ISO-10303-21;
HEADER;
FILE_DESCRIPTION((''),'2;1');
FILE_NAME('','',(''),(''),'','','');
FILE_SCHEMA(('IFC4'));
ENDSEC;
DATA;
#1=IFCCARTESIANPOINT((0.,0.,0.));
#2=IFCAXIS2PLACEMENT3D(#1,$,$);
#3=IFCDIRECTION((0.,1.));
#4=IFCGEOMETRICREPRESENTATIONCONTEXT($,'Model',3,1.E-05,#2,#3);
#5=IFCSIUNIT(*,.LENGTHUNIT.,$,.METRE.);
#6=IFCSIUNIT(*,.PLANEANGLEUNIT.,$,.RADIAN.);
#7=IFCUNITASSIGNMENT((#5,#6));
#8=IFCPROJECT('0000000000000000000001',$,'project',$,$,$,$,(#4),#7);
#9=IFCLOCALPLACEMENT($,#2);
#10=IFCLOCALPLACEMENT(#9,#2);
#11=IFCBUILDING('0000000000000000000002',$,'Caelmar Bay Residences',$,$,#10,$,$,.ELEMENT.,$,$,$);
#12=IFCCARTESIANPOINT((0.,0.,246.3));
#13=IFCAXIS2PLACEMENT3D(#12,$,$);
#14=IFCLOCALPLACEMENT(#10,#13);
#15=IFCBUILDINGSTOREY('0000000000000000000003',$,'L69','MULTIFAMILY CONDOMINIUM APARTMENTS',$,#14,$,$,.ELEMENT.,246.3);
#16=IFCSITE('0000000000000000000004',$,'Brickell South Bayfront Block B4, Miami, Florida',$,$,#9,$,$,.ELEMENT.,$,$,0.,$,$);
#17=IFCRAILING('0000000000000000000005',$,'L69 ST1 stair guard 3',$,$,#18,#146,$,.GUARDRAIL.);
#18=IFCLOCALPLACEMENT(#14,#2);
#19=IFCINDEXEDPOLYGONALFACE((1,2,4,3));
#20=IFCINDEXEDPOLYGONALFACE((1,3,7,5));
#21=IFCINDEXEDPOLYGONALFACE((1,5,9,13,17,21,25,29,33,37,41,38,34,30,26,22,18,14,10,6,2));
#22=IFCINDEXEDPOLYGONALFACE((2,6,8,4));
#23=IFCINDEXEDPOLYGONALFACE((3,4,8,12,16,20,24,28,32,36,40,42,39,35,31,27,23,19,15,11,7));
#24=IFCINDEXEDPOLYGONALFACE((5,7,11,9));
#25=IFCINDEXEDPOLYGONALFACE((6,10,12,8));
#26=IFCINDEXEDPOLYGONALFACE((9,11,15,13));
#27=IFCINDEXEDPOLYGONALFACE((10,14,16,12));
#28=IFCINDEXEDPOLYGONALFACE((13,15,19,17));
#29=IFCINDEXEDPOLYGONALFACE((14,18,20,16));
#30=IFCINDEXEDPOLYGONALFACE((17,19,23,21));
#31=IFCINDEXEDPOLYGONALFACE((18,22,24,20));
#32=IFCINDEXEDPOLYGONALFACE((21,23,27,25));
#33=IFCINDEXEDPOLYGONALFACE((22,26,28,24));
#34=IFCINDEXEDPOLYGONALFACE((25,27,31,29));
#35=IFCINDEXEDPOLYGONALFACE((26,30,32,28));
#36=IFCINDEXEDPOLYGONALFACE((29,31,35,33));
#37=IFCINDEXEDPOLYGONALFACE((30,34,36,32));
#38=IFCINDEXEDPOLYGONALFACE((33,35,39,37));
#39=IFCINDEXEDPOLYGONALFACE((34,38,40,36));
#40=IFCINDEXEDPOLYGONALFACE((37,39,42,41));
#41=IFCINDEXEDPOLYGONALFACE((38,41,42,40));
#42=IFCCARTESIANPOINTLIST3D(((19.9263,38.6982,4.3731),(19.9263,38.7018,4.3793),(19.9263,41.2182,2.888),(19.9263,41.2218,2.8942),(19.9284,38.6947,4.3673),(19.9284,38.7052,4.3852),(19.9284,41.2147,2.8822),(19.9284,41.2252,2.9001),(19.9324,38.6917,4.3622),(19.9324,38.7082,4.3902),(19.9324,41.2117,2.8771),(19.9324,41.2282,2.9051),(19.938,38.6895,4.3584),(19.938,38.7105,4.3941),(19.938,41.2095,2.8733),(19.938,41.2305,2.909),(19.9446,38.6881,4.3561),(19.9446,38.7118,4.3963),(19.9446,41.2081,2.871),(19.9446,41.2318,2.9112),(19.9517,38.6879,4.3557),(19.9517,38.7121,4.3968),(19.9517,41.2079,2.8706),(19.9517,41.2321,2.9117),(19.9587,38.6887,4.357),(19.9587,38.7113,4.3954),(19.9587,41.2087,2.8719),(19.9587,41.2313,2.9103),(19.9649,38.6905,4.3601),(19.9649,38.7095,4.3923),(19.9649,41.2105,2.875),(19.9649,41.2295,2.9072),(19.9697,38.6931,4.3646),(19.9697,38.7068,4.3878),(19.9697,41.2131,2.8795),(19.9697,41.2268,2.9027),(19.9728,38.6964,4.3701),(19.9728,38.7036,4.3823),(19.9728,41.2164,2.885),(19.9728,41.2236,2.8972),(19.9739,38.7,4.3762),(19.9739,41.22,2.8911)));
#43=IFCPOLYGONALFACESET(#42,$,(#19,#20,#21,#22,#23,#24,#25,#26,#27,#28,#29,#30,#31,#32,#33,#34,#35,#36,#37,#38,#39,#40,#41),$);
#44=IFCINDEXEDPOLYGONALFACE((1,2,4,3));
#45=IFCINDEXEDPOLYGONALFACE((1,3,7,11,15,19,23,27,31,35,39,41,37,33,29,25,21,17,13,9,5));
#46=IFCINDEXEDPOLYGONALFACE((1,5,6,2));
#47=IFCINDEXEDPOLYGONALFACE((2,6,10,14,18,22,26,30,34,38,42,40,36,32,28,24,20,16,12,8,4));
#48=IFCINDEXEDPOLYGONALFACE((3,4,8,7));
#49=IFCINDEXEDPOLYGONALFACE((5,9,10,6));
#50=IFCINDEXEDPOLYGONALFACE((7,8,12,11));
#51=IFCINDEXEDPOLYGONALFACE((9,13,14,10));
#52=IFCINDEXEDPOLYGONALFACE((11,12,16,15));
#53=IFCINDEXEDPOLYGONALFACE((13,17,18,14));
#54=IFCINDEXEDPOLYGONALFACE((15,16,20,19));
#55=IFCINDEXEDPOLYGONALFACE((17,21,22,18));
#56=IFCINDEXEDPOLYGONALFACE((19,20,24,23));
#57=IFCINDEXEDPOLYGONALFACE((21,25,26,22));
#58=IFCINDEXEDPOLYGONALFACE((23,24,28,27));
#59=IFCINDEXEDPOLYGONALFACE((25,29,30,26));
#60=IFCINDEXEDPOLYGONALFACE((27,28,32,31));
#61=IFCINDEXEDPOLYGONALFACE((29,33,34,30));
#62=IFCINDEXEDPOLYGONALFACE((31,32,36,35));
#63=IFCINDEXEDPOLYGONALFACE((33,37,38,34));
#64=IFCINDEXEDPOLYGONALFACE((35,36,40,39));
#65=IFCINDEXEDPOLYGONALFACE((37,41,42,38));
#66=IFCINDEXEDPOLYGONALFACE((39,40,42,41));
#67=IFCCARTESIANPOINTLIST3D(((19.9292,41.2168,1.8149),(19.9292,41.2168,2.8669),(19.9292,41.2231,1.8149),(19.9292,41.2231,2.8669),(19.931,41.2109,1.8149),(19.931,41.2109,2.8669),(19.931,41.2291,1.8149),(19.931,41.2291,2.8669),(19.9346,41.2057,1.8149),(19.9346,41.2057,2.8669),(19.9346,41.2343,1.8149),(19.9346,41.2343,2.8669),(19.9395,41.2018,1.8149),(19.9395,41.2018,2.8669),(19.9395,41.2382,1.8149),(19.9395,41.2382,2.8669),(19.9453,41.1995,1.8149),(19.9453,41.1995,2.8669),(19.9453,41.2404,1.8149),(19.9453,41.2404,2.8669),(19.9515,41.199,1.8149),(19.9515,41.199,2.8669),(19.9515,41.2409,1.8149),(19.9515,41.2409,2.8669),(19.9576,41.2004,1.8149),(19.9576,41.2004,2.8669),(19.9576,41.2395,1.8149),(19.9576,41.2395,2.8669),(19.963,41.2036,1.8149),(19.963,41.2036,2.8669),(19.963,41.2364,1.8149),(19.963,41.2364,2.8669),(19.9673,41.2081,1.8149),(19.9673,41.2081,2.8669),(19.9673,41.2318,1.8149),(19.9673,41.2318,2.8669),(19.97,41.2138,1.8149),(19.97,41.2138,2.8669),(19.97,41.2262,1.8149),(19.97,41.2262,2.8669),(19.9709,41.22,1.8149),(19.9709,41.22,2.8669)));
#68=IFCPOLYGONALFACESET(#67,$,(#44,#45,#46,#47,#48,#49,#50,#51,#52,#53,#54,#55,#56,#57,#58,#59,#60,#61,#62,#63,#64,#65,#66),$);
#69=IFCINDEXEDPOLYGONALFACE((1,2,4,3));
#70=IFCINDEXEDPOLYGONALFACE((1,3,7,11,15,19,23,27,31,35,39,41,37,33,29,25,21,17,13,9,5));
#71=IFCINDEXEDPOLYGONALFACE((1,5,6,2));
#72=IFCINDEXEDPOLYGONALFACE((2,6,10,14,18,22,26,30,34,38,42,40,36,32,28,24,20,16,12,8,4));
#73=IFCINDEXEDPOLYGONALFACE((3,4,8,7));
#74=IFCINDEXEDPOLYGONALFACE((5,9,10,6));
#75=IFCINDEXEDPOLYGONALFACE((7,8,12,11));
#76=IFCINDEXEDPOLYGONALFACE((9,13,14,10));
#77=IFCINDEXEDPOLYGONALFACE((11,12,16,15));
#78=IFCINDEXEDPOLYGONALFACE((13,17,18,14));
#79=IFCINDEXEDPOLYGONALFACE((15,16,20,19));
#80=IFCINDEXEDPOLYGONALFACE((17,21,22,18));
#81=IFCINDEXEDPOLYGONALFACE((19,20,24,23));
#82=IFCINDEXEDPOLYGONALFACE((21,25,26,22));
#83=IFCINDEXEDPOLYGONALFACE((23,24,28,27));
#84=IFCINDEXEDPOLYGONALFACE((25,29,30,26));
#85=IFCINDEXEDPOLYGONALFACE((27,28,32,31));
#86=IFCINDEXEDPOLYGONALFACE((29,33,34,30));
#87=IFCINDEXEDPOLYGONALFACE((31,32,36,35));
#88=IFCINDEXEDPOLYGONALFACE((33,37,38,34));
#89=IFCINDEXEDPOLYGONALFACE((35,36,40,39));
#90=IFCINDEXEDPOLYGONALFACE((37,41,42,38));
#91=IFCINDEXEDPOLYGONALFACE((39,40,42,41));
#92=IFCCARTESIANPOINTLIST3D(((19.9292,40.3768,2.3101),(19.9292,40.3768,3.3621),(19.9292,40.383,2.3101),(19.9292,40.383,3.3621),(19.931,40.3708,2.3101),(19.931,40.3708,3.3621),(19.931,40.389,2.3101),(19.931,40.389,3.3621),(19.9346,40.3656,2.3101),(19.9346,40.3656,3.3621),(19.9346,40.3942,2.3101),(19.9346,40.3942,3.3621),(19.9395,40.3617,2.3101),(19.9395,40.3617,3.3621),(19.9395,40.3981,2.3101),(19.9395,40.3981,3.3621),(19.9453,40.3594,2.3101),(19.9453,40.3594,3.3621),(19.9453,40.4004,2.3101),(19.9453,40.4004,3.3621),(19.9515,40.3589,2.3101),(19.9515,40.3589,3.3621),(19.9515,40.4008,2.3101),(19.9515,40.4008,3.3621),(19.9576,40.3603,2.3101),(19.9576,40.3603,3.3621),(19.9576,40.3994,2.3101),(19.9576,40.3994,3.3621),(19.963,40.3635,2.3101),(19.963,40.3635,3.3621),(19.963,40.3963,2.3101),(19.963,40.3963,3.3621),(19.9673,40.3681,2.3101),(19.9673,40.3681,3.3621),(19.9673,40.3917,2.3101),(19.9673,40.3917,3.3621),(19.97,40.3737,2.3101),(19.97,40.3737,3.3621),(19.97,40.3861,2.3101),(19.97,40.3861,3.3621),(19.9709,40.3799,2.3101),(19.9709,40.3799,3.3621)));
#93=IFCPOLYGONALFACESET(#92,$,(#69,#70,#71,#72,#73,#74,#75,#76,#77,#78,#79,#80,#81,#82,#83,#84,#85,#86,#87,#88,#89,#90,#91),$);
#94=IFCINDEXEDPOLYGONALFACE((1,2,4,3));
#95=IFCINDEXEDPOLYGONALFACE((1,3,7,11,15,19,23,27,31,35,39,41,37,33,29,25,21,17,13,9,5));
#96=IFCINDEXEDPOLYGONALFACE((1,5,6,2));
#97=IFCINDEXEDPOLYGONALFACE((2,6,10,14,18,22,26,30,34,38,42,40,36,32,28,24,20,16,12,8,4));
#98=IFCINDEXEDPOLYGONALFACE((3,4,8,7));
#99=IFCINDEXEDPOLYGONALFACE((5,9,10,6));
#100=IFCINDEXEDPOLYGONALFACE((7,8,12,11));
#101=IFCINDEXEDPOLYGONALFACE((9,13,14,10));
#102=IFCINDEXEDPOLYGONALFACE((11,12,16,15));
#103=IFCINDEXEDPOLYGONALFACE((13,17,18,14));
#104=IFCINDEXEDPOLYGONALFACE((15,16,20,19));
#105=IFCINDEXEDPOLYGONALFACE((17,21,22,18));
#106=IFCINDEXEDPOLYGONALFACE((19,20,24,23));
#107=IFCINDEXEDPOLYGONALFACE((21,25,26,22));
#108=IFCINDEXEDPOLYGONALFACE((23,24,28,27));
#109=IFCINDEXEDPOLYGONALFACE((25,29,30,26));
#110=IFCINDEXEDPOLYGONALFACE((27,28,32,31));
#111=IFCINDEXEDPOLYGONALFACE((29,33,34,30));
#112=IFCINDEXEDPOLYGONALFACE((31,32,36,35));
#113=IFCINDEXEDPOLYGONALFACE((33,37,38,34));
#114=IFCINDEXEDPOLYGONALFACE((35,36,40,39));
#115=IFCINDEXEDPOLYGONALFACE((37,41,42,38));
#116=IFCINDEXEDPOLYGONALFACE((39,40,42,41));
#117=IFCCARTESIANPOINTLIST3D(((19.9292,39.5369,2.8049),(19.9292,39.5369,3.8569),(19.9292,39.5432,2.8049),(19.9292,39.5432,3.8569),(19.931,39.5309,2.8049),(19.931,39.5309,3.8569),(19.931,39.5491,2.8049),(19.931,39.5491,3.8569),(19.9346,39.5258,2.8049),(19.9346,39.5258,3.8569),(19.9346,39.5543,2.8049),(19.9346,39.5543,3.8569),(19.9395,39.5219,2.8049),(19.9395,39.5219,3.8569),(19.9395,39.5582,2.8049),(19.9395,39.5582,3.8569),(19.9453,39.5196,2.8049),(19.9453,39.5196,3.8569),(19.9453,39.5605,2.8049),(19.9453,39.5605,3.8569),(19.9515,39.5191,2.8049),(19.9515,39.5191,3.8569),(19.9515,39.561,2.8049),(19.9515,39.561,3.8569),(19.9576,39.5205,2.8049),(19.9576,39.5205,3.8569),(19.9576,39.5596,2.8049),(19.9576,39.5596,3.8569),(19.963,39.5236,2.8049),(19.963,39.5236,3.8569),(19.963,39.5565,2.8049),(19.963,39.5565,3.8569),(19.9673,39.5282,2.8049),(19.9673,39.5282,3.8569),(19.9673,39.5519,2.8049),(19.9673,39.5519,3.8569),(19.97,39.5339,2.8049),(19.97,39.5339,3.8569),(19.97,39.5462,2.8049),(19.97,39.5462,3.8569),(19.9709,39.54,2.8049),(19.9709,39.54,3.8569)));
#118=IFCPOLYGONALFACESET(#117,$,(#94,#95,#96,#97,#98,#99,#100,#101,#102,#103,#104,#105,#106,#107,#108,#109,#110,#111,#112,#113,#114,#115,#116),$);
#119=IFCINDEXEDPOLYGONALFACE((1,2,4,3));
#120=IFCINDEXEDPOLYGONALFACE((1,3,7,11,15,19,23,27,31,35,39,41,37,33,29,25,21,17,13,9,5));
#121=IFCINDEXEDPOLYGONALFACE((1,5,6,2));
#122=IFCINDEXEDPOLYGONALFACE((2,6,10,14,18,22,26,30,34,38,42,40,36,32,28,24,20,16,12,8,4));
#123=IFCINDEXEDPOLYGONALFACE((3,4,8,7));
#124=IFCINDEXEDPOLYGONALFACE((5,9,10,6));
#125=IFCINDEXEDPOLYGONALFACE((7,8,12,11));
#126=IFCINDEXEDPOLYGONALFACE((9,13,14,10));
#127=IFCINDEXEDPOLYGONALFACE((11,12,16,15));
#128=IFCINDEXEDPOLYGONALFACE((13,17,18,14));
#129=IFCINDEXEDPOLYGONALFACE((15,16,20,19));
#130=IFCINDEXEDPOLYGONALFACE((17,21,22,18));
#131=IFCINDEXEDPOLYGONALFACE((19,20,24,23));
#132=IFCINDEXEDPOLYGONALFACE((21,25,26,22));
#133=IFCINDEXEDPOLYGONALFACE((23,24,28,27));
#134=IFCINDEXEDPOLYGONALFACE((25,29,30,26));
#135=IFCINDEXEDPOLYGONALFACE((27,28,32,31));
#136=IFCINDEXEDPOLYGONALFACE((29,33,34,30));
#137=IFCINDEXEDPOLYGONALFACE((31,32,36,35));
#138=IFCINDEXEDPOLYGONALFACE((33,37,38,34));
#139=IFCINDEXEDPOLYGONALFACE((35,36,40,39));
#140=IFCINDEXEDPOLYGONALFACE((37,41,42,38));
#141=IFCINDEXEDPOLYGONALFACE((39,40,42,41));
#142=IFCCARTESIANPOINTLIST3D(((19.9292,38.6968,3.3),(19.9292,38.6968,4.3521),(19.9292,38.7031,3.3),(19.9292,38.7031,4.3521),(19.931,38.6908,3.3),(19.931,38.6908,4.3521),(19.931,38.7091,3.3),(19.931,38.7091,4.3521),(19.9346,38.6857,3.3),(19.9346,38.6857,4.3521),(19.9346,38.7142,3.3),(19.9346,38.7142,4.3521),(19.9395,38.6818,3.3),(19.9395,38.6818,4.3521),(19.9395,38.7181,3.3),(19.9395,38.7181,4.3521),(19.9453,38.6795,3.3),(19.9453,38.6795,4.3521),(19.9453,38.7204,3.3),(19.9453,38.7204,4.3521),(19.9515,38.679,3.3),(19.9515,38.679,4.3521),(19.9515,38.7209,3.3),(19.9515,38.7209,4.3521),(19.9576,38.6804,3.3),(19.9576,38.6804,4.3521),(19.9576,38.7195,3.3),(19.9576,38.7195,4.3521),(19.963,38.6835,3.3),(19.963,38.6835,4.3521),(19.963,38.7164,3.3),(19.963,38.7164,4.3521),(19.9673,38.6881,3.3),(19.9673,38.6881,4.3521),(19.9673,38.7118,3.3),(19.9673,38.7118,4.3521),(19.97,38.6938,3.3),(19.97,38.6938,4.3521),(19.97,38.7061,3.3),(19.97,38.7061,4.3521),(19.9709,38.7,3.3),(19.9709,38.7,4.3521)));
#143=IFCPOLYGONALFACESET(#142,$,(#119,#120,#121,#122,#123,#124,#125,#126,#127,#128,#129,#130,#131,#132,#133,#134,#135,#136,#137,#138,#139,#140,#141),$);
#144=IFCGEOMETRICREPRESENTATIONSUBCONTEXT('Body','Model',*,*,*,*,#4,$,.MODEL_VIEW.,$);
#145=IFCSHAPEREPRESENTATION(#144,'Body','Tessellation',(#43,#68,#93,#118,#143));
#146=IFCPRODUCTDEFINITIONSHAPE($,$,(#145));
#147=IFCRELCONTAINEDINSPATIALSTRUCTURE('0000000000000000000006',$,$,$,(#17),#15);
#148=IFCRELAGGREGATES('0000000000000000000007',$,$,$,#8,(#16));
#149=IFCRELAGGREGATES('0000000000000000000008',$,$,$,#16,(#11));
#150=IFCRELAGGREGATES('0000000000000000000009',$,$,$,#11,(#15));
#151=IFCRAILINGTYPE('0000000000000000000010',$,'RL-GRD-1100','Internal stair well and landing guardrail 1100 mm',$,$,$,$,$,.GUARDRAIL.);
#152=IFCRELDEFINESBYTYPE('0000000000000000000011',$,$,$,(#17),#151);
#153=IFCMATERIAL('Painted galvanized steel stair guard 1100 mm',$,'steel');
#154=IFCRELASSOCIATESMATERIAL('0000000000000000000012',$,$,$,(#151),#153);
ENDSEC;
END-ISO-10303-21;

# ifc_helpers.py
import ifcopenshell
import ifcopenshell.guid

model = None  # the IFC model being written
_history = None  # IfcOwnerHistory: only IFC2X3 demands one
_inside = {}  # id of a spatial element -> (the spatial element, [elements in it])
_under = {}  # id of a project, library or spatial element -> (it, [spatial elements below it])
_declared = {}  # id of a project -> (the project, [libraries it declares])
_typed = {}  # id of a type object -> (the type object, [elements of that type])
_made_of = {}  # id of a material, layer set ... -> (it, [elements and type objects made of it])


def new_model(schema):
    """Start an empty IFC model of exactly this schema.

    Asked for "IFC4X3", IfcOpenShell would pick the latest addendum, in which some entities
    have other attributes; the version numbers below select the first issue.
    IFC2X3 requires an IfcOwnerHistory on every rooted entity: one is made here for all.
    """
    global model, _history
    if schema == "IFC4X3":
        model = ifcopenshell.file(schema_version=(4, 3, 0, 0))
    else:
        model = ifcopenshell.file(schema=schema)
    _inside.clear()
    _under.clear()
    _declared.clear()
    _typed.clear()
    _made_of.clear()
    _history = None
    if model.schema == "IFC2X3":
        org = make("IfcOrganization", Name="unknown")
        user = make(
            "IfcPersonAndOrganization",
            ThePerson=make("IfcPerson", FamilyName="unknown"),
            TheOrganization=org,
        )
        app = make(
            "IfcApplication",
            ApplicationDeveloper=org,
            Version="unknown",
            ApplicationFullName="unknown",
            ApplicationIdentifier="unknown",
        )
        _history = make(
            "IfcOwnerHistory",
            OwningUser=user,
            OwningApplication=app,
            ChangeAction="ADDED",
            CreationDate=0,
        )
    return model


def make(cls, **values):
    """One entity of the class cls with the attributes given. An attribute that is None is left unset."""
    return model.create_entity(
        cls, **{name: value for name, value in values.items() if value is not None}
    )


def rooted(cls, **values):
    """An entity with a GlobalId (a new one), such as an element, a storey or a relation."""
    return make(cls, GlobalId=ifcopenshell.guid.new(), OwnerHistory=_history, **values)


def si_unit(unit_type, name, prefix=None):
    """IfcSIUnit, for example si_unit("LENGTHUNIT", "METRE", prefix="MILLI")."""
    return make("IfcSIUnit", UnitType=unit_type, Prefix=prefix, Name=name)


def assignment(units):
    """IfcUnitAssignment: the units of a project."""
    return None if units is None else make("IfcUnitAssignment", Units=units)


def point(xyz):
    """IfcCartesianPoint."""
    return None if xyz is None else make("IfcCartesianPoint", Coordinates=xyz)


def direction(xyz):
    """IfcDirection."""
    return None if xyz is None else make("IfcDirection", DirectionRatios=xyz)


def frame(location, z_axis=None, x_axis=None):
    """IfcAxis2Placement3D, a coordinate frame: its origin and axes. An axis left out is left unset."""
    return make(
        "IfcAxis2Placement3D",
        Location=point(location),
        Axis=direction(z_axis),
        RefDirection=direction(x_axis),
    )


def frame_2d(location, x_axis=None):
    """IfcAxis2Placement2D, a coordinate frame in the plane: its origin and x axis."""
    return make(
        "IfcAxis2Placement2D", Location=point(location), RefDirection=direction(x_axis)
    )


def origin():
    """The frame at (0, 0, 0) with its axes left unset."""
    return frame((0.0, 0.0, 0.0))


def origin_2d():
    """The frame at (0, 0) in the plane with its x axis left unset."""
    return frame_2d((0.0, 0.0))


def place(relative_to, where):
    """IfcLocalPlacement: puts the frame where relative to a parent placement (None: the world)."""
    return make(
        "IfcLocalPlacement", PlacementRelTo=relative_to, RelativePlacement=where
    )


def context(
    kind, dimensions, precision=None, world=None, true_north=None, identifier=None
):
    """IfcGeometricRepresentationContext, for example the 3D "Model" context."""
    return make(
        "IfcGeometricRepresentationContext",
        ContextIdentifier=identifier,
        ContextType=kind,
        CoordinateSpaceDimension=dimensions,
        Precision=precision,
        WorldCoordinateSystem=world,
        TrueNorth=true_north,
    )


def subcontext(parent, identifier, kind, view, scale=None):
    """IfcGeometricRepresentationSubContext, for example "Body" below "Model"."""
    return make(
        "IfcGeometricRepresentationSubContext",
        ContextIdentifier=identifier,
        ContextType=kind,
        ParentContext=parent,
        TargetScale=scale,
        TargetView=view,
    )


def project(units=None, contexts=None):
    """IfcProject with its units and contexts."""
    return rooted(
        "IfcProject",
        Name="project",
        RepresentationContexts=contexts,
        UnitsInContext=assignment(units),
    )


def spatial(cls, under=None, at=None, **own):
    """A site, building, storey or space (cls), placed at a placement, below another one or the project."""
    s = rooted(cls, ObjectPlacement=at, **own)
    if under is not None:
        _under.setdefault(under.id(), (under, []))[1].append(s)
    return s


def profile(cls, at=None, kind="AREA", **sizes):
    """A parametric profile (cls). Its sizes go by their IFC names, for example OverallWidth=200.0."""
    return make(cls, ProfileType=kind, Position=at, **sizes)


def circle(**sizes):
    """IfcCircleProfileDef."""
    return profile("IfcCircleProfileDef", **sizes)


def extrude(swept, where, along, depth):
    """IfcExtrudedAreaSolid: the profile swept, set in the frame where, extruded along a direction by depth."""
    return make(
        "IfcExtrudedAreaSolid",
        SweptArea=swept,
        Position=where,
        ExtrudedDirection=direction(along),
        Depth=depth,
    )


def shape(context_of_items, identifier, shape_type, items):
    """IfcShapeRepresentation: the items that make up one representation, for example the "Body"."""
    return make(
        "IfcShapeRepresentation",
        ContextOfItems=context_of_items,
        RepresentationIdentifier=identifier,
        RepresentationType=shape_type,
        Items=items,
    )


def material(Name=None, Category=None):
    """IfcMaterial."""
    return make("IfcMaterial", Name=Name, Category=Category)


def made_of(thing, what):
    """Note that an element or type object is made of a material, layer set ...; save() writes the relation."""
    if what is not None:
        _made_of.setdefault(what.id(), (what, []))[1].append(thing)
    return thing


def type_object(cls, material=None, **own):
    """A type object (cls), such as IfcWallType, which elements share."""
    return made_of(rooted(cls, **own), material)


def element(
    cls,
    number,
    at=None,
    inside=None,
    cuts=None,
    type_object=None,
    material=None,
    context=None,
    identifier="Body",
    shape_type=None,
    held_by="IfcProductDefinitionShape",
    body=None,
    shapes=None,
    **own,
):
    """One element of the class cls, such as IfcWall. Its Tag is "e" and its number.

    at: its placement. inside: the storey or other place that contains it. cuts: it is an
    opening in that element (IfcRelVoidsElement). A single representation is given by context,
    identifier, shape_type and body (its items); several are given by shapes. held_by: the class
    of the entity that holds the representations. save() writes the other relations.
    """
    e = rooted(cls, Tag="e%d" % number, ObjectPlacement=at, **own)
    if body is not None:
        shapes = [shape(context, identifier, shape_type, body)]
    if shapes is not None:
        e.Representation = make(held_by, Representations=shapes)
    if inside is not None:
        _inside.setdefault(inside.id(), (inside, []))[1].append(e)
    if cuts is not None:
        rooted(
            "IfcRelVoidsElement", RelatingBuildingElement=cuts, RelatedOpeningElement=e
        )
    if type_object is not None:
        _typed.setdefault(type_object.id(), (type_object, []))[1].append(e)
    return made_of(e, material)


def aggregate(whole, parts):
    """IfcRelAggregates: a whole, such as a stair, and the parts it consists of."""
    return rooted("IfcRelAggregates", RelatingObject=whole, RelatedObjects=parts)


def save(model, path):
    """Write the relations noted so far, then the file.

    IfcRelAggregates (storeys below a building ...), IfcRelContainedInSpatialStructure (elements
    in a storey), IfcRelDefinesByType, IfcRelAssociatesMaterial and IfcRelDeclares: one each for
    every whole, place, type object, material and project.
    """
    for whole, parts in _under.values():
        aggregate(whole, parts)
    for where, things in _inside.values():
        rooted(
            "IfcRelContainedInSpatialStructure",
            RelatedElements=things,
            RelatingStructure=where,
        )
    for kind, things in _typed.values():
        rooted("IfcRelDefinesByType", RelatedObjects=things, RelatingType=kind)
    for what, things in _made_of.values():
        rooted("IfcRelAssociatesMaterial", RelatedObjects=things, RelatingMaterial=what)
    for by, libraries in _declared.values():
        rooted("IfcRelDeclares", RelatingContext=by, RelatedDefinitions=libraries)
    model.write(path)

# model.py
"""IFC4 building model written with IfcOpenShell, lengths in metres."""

from ifc_helpers import new_model, si_unit, direction, frame, origin, origin_2d, place, context, subcontext, project, spatial, circle, extrude, material, type_object, element, save


model = new_model("IFC4")

# Units and contexts
model_context = context("Model", 3, precision=1e-05, world=origin(), true_north=direction((0.0, 1.0)))
body_context = subcontext(model_context, "Body", "Model", "MODEL_VIEW")
ifc_project = project(units=[si_unit("LENGTHUNIT", "METRE"), si_unit("PLANEANGLEUNIT", "RADIAN")], contexts=[model_context])

# Site, building, storey
site_placement = place(None, origin())
site = spatial("IfcSite", under=ifc_project, at=site_placement, Name="Brickell South Bayfront Block B4, Miami, Florida", CompositionType="ELEMENT", RefElevation=0.0)
building_placement = place(site_placement, origin())
building = spatial("IfcBuilding", under=site, at=building_placement, Name="Caelmar Bay Residences", CompositionType="ELEMENT")
storey_placement = place(building_placement, frame((0.0, 0.0, 246.3)))
storey = spatial("IfcBuildingStorey", under=building, at=storey_placement, Name="L69", Description="MULTIFAMILY CONDOMINIUM APARTMENTS", CompositionType="ELEMENT", Elevation=246.3)

# Railing
ifc_material_1 = material(Name="Painted galvanized steel stair guard 1100 mm", Category="steel")
railing_type_1 = type_object("IfcRailingType", Name="RL-GRD-1100", Description="Internal stair well and landing guardrail 1100 mm", PredefinedType="GUARDRAIL", material=ifc_material_1)
railing_1_placement = place(storey_placement, frame((19.95, 41.22, 1.8149)))
element("IfcRailing", 1, at=railing_1_placement, inside=storey, type_object=railing_type_1, Name="L69 ST1 stair guard 3", PredefinedType="GUARDRAIL", context=body_context, shape_type="SweptSolid", body=[
    extrude(circle(Radius=0.0239, at=origin_2d()), frame((0.0, 0.0, 1.0762), z_axis=(0.0, -0.861524, 0.507717), x_axis=(1.0, 0.0, 0.0)), (0.0, 0.0, 1.0), 2.925),
    extrude(circle(Radius=0.021, at=origin_2d()), origin(), (0.0, 0.0, 1.0), 1.052),
    extrude(circle(Radius=0.021, at=origin_2d()), frame((0.0, -0.8401, 0.4951)), (0.0, 0.0, 1.0), 1.052),
    extrude(circle(Radius=0.021, at=origin_2d()), frame((0.0, -1.6799, 0.99)), (0.0, 0.0, 1.0), 1.052),
    extrude(circle(Radius=0.021, at=origin_2d()), frame((0.0, -2.52, 1.4851)), (0.0, 0.0, 1.0), 1.052),
])

save(model, "model.ifc")
